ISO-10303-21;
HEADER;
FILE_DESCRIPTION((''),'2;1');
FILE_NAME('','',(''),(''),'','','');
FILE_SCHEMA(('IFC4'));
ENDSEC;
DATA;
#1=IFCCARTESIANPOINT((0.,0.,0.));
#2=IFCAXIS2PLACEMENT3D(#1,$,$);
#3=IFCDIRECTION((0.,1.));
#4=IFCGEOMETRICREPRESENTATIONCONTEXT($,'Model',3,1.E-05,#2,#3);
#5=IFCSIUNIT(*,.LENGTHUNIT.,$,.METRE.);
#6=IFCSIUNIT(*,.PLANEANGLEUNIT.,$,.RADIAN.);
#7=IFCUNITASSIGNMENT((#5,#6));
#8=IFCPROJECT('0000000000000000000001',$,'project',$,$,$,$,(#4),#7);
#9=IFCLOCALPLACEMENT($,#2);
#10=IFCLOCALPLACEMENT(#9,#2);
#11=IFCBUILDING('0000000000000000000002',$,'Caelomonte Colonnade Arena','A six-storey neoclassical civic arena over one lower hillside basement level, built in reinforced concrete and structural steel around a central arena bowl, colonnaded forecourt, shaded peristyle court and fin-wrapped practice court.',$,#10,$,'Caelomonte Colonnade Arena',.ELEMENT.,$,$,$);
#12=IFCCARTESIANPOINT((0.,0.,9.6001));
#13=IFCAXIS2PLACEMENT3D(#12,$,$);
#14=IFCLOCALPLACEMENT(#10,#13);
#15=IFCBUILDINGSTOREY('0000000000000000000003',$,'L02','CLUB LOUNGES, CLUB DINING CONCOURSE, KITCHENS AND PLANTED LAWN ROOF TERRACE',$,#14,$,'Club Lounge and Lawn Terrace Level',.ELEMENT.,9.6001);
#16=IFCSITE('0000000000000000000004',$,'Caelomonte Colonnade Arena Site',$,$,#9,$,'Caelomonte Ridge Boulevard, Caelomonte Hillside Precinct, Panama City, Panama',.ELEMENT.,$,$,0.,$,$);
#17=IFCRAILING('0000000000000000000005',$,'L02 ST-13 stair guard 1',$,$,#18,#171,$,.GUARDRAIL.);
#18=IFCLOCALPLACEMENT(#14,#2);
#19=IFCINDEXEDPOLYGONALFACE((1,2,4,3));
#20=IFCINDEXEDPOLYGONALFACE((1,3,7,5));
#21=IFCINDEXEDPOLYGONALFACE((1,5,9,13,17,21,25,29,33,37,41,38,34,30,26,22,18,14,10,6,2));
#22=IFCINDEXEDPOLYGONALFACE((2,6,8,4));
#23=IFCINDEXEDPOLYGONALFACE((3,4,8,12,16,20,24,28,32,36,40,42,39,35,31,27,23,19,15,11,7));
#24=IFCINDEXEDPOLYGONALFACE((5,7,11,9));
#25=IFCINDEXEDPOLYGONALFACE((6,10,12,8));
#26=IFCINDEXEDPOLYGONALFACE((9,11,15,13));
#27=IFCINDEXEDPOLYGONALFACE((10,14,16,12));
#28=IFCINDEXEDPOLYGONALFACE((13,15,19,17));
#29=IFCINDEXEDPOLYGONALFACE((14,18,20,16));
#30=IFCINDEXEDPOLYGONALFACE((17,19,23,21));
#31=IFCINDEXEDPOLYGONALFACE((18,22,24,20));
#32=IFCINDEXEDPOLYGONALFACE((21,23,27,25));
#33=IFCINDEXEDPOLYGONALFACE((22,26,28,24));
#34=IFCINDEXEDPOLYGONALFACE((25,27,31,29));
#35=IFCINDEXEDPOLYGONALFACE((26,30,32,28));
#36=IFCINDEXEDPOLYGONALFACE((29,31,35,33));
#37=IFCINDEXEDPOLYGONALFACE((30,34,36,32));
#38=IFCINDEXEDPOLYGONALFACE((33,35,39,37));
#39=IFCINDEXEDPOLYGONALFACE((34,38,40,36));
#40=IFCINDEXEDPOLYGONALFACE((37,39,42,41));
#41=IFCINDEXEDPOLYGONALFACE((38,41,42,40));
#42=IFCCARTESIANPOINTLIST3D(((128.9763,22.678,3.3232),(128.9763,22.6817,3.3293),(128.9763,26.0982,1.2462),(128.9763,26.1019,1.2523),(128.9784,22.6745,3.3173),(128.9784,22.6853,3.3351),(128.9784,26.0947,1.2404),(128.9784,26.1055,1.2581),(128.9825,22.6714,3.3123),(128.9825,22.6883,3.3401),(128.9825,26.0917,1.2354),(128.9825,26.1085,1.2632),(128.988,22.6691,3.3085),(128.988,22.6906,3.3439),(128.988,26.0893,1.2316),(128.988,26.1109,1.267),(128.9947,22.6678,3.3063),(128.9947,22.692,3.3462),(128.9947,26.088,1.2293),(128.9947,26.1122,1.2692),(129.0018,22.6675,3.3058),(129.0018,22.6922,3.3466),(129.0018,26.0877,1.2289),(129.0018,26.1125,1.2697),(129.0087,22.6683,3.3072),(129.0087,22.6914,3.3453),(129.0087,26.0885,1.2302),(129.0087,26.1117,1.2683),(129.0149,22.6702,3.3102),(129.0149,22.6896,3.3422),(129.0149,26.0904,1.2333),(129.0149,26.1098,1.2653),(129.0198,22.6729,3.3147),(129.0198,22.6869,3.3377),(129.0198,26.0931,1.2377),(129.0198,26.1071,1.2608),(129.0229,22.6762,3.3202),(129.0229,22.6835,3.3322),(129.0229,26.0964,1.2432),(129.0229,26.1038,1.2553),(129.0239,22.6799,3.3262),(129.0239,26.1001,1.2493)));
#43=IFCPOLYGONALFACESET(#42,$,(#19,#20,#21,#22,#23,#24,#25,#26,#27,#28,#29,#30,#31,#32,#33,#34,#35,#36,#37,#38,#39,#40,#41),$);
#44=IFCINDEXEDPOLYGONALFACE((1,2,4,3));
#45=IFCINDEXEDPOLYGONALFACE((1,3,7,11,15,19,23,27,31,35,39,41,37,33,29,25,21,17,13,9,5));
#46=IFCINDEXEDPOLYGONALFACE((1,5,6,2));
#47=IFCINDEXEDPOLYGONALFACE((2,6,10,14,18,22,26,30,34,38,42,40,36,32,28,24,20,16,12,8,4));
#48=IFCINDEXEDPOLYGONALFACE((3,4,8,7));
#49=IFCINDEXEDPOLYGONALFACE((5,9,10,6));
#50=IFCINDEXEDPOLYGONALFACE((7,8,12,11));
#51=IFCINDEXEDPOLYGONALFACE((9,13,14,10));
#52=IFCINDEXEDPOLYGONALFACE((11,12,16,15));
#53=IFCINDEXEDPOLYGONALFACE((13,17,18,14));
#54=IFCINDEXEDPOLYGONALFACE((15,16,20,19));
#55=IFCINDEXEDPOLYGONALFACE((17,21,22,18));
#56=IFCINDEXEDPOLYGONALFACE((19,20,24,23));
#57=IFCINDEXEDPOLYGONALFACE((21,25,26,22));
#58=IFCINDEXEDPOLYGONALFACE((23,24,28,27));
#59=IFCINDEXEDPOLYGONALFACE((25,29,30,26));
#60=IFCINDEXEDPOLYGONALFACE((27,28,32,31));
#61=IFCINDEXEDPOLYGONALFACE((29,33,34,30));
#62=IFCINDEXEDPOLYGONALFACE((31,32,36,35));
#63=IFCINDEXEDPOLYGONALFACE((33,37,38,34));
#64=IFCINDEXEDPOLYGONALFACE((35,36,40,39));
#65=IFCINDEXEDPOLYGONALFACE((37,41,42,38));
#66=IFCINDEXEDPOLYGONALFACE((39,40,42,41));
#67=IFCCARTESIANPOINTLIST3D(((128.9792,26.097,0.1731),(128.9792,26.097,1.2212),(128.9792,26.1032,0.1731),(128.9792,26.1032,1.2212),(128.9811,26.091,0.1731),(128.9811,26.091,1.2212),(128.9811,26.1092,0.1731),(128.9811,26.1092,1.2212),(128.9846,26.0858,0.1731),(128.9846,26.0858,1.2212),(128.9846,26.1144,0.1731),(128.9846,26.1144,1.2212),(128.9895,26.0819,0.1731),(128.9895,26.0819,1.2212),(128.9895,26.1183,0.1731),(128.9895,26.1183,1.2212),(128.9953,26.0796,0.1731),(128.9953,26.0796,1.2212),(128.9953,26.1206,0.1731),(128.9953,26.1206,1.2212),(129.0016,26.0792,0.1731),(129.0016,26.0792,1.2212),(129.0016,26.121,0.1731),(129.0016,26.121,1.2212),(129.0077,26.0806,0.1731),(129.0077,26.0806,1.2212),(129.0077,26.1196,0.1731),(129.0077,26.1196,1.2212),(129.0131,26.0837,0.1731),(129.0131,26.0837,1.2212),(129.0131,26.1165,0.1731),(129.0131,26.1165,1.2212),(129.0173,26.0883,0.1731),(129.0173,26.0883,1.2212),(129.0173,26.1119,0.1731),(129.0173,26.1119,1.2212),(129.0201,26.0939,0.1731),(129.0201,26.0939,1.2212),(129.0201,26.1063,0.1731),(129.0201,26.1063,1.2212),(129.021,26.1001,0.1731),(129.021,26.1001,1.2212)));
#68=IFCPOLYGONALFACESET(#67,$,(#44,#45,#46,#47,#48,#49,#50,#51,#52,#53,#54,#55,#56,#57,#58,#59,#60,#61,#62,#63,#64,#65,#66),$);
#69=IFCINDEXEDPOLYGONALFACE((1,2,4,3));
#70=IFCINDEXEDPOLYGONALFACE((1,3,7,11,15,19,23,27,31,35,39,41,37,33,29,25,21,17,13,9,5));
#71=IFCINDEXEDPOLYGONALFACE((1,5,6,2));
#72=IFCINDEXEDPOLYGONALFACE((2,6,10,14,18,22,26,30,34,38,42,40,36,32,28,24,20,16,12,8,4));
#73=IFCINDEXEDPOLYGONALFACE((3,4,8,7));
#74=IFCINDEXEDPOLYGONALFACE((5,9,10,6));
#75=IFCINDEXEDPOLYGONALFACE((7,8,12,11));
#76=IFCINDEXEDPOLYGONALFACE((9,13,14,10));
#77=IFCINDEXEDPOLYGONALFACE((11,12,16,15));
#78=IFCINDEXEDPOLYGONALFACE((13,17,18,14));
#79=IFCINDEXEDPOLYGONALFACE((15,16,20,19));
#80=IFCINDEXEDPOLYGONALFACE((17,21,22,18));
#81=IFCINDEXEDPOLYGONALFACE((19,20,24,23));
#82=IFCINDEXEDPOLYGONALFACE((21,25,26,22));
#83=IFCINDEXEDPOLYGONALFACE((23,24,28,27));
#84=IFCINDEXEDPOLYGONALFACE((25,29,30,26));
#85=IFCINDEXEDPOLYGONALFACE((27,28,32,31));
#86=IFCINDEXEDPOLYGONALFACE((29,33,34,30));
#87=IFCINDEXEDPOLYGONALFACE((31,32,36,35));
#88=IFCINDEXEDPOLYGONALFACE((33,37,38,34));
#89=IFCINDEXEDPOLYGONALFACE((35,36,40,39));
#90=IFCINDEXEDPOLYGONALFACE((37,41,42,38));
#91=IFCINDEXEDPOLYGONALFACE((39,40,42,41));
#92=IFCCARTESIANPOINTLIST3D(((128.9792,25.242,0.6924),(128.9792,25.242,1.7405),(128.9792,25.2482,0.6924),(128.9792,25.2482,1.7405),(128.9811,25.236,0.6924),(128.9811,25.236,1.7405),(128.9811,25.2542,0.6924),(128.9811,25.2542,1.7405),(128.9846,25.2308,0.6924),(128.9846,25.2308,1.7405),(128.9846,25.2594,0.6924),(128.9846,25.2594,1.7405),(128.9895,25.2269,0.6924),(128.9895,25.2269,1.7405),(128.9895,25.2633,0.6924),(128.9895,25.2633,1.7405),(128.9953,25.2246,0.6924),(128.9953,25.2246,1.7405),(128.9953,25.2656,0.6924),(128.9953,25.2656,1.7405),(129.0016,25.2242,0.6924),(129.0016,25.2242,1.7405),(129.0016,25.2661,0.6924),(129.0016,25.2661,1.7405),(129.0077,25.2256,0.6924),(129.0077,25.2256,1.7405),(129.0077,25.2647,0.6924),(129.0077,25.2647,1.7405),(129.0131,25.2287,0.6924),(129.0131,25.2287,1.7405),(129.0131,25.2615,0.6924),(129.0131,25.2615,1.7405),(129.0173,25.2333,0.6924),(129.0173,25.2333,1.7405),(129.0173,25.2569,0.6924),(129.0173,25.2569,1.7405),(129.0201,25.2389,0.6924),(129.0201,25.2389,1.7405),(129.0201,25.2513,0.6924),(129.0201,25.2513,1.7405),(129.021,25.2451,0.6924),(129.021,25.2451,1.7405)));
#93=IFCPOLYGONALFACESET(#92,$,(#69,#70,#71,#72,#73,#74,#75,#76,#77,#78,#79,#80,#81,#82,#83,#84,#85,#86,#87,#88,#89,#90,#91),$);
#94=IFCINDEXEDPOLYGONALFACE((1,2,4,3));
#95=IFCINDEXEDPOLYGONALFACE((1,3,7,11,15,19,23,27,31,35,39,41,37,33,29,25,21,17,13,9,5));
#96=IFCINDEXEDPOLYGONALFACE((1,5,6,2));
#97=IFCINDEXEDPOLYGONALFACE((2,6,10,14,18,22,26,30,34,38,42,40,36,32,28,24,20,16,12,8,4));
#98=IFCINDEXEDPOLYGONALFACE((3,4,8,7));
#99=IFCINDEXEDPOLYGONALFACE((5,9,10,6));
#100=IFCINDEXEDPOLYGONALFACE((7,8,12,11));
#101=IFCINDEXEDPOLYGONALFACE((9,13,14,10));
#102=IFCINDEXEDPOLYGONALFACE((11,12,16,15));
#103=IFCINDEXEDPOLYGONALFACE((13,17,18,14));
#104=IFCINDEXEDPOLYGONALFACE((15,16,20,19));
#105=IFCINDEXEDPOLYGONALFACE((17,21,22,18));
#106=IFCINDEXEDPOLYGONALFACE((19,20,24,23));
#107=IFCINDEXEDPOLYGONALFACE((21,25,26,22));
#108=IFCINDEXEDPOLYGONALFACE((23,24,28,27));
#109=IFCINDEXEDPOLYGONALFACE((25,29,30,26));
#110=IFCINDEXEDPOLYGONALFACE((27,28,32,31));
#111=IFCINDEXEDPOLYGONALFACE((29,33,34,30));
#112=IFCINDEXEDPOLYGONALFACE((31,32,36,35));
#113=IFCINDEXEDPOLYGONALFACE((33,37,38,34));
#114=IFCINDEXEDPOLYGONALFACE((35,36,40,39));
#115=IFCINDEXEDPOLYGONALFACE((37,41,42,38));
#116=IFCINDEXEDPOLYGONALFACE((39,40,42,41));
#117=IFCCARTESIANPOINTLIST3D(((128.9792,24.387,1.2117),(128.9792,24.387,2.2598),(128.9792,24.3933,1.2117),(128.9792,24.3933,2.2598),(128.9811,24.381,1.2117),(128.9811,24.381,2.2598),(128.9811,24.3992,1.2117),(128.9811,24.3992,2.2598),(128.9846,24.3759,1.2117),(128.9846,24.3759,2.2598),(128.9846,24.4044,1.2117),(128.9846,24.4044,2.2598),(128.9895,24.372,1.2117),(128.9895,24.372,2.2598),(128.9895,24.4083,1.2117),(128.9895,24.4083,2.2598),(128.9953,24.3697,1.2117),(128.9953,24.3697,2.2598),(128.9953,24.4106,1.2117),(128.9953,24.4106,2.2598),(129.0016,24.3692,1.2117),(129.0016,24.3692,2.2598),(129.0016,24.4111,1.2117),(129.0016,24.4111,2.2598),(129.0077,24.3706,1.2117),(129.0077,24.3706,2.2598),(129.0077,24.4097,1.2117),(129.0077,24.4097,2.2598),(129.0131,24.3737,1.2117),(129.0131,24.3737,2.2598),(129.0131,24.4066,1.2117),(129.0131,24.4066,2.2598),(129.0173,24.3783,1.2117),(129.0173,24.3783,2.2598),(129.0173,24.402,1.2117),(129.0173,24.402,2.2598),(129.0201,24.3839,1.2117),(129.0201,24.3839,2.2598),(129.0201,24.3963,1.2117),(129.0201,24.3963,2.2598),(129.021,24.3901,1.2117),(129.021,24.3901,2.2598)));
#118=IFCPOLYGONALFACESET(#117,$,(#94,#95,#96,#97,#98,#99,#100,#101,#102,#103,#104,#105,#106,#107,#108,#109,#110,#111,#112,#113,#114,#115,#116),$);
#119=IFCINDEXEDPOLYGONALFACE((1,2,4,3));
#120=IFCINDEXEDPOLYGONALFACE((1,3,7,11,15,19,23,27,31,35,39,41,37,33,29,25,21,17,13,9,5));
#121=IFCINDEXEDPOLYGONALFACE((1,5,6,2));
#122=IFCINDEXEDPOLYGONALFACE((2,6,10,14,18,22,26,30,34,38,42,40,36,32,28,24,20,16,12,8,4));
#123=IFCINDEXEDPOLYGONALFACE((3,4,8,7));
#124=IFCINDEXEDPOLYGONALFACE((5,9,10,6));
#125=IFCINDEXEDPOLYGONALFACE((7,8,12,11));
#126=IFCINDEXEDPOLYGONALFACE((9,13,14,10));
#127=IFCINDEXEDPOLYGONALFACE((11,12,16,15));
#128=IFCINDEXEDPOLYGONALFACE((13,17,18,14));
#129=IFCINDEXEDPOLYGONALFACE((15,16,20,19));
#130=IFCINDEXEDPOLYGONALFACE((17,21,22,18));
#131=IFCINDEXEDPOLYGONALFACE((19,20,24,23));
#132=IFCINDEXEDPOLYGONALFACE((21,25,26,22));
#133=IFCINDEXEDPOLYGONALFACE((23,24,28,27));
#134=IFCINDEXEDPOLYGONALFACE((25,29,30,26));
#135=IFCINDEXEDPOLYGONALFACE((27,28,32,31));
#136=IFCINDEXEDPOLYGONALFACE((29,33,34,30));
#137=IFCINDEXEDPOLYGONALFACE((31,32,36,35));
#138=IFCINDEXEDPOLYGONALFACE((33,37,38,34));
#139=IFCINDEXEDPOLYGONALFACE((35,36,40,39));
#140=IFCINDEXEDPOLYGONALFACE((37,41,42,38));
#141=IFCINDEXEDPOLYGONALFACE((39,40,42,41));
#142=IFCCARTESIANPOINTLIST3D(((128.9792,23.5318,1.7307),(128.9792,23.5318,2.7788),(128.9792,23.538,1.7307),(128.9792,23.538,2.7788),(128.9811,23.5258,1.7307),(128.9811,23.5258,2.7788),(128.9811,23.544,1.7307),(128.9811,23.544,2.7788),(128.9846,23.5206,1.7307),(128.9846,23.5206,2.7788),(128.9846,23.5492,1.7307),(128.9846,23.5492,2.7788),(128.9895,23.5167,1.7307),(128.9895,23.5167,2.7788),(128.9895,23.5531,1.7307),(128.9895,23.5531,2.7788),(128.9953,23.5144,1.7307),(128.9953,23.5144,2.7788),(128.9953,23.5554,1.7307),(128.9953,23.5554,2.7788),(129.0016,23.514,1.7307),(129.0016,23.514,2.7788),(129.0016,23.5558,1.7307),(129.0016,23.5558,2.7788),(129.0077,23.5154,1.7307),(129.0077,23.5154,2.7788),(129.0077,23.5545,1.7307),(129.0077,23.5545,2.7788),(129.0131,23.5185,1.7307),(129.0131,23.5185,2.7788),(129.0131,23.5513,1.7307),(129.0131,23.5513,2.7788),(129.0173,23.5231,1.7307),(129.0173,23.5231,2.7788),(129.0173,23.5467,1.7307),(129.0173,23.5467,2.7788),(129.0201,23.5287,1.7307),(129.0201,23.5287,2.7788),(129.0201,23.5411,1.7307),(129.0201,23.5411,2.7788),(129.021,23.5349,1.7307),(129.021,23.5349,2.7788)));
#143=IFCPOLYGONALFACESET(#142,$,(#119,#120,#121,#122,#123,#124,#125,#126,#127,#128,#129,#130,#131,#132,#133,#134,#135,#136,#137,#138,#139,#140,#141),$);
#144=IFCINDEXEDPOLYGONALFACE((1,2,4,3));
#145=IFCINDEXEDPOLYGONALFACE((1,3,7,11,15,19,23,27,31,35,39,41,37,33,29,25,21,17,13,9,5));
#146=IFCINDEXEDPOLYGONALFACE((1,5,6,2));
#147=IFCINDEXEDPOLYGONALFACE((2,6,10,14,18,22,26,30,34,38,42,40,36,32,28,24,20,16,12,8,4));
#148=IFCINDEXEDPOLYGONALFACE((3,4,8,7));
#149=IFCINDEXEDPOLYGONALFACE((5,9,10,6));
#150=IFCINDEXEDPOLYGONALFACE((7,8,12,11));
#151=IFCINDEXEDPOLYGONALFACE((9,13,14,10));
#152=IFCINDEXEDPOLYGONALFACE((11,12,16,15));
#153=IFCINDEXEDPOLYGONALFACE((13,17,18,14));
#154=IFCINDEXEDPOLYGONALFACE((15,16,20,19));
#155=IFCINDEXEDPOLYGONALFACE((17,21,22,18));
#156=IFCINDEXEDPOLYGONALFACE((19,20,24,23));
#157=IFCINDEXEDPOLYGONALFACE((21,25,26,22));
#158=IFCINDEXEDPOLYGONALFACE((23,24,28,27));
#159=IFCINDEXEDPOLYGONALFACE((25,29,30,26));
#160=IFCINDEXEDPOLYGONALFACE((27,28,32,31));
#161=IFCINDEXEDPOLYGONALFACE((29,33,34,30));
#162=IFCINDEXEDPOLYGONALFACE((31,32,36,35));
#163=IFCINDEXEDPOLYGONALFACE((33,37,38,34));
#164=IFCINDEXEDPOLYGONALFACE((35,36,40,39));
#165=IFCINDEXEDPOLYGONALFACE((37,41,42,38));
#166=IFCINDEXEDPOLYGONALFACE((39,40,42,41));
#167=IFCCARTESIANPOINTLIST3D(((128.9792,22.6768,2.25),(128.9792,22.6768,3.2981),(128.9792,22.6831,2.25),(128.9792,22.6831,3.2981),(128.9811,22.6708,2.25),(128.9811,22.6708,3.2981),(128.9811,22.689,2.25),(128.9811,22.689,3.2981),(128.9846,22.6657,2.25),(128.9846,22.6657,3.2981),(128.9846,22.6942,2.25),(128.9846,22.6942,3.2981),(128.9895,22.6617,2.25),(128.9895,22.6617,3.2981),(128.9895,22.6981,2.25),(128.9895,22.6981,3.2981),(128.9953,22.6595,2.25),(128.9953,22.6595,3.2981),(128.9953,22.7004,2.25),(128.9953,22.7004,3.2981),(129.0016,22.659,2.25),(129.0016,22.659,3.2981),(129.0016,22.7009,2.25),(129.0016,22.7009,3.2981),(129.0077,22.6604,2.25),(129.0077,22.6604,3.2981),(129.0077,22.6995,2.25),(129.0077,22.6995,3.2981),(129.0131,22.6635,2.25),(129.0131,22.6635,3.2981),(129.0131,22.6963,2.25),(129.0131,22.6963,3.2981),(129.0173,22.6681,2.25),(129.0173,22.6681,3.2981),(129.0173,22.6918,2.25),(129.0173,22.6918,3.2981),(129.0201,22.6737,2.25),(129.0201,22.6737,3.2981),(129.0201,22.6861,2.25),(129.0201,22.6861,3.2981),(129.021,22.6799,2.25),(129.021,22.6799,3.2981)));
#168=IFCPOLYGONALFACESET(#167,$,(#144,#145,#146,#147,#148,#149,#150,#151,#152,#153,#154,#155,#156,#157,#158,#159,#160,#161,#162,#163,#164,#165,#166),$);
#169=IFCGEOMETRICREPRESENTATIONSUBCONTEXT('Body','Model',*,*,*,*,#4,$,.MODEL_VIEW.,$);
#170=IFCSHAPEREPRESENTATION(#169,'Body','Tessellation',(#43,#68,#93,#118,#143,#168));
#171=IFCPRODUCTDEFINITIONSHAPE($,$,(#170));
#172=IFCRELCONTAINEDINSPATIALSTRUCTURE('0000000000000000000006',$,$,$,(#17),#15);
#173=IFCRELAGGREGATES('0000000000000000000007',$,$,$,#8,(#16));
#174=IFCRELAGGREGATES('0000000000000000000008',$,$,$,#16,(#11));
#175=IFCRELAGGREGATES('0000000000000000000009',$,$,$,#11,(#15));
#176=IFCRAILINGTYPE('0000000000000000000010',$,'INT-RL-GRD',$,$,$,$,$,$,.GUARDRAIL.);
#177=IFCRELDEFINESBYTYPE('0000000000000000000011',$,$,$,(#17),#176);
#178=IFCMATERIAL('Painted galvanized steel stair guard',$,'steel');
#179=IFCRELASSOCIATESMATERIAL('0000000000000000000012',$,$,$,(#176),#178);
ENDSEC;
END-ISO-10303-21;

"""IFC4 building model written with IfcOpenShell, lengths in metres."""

from ifc_helpers import new_model, si_unit, direction, frame, origin, origin_2d, place, context, subcontext, project, spatial, circle, extrude, material, type_object, element, save


model = new_model("IFC4")

# Units and contexts
model_context = context("Model", 3, precision=1e-05, world=origin(), true_north=direction((0.0, 1.0)))
body_context = subcontext(model_context, "Body", "Model", "MODEL_VIEW")
ifc_project = project(units=[si_unit("LENGTHUNIT", "METRE"), si_unit("PLANEANGLEUNIT", "RADIAN")], contexts=[model_context])

# Site, building, storey
site_placement = place(None, origin())
site = spatial("IfcSite", under=ifc_project, at=site_placement, Name="Caelomonte Colonnade Arena Site", LongName="Caelomonte Ridge Boulevard, Caelomonte Hillside Precinct, Panama City, Panama", CompositionType="ELEMENT", RefElevation=0.0)
building_placement = place(site_placement, origin())
building = spatial("IfcBuilding", under=site, at=building_placement, Name="Caelomonte Colonnade Arena", Description="A six-storey neoclassical civic arena over one lower hillside basement level, built in reinforced concrete and structural steel around a central arena bowl, colonnaded forecourt, shaded peristyle court and fin-wrapped practice court.", LongName="Caelomonte Colonnade Arena", CompositionType="ELEMENT")
storey_placement = place(building_placement, frame((0.0, 0.0, 9.6001)))
storey = spatial("IfcBuildingStorey", under=building, at=storey_placement, Name="L02", Description="CLUB LOUNGES, CLUB DINING CONCOURSE, KITCHENS AND PLANTED LAWN ROOF TERRACE", LongName="Club Lounge and Lawn Terrace Level", CompositionType="ELEMENT", Elevation=9.6001)

# Railing
ifc_material_1 = material(Name="Painted galvanized steel stair guard", Category="steel")
railing_type_1 = type_object("IfcRailingType", Name="INT-RL-GRD", PredefinedType="GUARDRAIL", material=ifc_material_1)
railing_1_placement = place(storey_placement, frame((129.0, 26.1001, 0.1731)))
element("IfcRailing", 1, at=railing_1_placement, inside=storey, type_object=railing_type_1, Name="L02 ST-13 stair guard 1", PredefinedType="GUARDRAIL", context=body_context, shape_type="SweptSolid", body=[
    extrude(circle(Radius=0.0239, at=origin_2d()), frame((0.0, 0.0, 1.0762), z_axis=(0.0, -0.854746, 0.519047), x_axis=(1.0, 0.0, 0.0)), (0.0, 0.0, 1.0), 4.0015),
    extrude(circle(Radius=0.021, at=origin_2d()), origin(), (0.0, 0.0, 1.0), 1.0481),
    extrude(circle(Radius=0.021, at=origin_2d()), frame((0.0, -0.855, 0.5193)), (0.0, 0.0, 1.0), 1.0481),
    extrude(circle(Radius=0.021, at=origin_2d()), frame((0.0, -1.71, 1.0386)), (0.0, 0.0, 1.0), 1.0481),
    extrude(circle(Radius=0.021, at=origin_2d()), frame((0.0, -2.5652, 1.5576)), (0.0, 0.0, 1.0), 1.0481),
    extrude(circle(Radius=0.021, at=origin_2d()), frame((0.0, -3.4202, 2.0769)), (0.0, 0.0, 1.0), 1.0481),
])

save(model, "model.ifc")
